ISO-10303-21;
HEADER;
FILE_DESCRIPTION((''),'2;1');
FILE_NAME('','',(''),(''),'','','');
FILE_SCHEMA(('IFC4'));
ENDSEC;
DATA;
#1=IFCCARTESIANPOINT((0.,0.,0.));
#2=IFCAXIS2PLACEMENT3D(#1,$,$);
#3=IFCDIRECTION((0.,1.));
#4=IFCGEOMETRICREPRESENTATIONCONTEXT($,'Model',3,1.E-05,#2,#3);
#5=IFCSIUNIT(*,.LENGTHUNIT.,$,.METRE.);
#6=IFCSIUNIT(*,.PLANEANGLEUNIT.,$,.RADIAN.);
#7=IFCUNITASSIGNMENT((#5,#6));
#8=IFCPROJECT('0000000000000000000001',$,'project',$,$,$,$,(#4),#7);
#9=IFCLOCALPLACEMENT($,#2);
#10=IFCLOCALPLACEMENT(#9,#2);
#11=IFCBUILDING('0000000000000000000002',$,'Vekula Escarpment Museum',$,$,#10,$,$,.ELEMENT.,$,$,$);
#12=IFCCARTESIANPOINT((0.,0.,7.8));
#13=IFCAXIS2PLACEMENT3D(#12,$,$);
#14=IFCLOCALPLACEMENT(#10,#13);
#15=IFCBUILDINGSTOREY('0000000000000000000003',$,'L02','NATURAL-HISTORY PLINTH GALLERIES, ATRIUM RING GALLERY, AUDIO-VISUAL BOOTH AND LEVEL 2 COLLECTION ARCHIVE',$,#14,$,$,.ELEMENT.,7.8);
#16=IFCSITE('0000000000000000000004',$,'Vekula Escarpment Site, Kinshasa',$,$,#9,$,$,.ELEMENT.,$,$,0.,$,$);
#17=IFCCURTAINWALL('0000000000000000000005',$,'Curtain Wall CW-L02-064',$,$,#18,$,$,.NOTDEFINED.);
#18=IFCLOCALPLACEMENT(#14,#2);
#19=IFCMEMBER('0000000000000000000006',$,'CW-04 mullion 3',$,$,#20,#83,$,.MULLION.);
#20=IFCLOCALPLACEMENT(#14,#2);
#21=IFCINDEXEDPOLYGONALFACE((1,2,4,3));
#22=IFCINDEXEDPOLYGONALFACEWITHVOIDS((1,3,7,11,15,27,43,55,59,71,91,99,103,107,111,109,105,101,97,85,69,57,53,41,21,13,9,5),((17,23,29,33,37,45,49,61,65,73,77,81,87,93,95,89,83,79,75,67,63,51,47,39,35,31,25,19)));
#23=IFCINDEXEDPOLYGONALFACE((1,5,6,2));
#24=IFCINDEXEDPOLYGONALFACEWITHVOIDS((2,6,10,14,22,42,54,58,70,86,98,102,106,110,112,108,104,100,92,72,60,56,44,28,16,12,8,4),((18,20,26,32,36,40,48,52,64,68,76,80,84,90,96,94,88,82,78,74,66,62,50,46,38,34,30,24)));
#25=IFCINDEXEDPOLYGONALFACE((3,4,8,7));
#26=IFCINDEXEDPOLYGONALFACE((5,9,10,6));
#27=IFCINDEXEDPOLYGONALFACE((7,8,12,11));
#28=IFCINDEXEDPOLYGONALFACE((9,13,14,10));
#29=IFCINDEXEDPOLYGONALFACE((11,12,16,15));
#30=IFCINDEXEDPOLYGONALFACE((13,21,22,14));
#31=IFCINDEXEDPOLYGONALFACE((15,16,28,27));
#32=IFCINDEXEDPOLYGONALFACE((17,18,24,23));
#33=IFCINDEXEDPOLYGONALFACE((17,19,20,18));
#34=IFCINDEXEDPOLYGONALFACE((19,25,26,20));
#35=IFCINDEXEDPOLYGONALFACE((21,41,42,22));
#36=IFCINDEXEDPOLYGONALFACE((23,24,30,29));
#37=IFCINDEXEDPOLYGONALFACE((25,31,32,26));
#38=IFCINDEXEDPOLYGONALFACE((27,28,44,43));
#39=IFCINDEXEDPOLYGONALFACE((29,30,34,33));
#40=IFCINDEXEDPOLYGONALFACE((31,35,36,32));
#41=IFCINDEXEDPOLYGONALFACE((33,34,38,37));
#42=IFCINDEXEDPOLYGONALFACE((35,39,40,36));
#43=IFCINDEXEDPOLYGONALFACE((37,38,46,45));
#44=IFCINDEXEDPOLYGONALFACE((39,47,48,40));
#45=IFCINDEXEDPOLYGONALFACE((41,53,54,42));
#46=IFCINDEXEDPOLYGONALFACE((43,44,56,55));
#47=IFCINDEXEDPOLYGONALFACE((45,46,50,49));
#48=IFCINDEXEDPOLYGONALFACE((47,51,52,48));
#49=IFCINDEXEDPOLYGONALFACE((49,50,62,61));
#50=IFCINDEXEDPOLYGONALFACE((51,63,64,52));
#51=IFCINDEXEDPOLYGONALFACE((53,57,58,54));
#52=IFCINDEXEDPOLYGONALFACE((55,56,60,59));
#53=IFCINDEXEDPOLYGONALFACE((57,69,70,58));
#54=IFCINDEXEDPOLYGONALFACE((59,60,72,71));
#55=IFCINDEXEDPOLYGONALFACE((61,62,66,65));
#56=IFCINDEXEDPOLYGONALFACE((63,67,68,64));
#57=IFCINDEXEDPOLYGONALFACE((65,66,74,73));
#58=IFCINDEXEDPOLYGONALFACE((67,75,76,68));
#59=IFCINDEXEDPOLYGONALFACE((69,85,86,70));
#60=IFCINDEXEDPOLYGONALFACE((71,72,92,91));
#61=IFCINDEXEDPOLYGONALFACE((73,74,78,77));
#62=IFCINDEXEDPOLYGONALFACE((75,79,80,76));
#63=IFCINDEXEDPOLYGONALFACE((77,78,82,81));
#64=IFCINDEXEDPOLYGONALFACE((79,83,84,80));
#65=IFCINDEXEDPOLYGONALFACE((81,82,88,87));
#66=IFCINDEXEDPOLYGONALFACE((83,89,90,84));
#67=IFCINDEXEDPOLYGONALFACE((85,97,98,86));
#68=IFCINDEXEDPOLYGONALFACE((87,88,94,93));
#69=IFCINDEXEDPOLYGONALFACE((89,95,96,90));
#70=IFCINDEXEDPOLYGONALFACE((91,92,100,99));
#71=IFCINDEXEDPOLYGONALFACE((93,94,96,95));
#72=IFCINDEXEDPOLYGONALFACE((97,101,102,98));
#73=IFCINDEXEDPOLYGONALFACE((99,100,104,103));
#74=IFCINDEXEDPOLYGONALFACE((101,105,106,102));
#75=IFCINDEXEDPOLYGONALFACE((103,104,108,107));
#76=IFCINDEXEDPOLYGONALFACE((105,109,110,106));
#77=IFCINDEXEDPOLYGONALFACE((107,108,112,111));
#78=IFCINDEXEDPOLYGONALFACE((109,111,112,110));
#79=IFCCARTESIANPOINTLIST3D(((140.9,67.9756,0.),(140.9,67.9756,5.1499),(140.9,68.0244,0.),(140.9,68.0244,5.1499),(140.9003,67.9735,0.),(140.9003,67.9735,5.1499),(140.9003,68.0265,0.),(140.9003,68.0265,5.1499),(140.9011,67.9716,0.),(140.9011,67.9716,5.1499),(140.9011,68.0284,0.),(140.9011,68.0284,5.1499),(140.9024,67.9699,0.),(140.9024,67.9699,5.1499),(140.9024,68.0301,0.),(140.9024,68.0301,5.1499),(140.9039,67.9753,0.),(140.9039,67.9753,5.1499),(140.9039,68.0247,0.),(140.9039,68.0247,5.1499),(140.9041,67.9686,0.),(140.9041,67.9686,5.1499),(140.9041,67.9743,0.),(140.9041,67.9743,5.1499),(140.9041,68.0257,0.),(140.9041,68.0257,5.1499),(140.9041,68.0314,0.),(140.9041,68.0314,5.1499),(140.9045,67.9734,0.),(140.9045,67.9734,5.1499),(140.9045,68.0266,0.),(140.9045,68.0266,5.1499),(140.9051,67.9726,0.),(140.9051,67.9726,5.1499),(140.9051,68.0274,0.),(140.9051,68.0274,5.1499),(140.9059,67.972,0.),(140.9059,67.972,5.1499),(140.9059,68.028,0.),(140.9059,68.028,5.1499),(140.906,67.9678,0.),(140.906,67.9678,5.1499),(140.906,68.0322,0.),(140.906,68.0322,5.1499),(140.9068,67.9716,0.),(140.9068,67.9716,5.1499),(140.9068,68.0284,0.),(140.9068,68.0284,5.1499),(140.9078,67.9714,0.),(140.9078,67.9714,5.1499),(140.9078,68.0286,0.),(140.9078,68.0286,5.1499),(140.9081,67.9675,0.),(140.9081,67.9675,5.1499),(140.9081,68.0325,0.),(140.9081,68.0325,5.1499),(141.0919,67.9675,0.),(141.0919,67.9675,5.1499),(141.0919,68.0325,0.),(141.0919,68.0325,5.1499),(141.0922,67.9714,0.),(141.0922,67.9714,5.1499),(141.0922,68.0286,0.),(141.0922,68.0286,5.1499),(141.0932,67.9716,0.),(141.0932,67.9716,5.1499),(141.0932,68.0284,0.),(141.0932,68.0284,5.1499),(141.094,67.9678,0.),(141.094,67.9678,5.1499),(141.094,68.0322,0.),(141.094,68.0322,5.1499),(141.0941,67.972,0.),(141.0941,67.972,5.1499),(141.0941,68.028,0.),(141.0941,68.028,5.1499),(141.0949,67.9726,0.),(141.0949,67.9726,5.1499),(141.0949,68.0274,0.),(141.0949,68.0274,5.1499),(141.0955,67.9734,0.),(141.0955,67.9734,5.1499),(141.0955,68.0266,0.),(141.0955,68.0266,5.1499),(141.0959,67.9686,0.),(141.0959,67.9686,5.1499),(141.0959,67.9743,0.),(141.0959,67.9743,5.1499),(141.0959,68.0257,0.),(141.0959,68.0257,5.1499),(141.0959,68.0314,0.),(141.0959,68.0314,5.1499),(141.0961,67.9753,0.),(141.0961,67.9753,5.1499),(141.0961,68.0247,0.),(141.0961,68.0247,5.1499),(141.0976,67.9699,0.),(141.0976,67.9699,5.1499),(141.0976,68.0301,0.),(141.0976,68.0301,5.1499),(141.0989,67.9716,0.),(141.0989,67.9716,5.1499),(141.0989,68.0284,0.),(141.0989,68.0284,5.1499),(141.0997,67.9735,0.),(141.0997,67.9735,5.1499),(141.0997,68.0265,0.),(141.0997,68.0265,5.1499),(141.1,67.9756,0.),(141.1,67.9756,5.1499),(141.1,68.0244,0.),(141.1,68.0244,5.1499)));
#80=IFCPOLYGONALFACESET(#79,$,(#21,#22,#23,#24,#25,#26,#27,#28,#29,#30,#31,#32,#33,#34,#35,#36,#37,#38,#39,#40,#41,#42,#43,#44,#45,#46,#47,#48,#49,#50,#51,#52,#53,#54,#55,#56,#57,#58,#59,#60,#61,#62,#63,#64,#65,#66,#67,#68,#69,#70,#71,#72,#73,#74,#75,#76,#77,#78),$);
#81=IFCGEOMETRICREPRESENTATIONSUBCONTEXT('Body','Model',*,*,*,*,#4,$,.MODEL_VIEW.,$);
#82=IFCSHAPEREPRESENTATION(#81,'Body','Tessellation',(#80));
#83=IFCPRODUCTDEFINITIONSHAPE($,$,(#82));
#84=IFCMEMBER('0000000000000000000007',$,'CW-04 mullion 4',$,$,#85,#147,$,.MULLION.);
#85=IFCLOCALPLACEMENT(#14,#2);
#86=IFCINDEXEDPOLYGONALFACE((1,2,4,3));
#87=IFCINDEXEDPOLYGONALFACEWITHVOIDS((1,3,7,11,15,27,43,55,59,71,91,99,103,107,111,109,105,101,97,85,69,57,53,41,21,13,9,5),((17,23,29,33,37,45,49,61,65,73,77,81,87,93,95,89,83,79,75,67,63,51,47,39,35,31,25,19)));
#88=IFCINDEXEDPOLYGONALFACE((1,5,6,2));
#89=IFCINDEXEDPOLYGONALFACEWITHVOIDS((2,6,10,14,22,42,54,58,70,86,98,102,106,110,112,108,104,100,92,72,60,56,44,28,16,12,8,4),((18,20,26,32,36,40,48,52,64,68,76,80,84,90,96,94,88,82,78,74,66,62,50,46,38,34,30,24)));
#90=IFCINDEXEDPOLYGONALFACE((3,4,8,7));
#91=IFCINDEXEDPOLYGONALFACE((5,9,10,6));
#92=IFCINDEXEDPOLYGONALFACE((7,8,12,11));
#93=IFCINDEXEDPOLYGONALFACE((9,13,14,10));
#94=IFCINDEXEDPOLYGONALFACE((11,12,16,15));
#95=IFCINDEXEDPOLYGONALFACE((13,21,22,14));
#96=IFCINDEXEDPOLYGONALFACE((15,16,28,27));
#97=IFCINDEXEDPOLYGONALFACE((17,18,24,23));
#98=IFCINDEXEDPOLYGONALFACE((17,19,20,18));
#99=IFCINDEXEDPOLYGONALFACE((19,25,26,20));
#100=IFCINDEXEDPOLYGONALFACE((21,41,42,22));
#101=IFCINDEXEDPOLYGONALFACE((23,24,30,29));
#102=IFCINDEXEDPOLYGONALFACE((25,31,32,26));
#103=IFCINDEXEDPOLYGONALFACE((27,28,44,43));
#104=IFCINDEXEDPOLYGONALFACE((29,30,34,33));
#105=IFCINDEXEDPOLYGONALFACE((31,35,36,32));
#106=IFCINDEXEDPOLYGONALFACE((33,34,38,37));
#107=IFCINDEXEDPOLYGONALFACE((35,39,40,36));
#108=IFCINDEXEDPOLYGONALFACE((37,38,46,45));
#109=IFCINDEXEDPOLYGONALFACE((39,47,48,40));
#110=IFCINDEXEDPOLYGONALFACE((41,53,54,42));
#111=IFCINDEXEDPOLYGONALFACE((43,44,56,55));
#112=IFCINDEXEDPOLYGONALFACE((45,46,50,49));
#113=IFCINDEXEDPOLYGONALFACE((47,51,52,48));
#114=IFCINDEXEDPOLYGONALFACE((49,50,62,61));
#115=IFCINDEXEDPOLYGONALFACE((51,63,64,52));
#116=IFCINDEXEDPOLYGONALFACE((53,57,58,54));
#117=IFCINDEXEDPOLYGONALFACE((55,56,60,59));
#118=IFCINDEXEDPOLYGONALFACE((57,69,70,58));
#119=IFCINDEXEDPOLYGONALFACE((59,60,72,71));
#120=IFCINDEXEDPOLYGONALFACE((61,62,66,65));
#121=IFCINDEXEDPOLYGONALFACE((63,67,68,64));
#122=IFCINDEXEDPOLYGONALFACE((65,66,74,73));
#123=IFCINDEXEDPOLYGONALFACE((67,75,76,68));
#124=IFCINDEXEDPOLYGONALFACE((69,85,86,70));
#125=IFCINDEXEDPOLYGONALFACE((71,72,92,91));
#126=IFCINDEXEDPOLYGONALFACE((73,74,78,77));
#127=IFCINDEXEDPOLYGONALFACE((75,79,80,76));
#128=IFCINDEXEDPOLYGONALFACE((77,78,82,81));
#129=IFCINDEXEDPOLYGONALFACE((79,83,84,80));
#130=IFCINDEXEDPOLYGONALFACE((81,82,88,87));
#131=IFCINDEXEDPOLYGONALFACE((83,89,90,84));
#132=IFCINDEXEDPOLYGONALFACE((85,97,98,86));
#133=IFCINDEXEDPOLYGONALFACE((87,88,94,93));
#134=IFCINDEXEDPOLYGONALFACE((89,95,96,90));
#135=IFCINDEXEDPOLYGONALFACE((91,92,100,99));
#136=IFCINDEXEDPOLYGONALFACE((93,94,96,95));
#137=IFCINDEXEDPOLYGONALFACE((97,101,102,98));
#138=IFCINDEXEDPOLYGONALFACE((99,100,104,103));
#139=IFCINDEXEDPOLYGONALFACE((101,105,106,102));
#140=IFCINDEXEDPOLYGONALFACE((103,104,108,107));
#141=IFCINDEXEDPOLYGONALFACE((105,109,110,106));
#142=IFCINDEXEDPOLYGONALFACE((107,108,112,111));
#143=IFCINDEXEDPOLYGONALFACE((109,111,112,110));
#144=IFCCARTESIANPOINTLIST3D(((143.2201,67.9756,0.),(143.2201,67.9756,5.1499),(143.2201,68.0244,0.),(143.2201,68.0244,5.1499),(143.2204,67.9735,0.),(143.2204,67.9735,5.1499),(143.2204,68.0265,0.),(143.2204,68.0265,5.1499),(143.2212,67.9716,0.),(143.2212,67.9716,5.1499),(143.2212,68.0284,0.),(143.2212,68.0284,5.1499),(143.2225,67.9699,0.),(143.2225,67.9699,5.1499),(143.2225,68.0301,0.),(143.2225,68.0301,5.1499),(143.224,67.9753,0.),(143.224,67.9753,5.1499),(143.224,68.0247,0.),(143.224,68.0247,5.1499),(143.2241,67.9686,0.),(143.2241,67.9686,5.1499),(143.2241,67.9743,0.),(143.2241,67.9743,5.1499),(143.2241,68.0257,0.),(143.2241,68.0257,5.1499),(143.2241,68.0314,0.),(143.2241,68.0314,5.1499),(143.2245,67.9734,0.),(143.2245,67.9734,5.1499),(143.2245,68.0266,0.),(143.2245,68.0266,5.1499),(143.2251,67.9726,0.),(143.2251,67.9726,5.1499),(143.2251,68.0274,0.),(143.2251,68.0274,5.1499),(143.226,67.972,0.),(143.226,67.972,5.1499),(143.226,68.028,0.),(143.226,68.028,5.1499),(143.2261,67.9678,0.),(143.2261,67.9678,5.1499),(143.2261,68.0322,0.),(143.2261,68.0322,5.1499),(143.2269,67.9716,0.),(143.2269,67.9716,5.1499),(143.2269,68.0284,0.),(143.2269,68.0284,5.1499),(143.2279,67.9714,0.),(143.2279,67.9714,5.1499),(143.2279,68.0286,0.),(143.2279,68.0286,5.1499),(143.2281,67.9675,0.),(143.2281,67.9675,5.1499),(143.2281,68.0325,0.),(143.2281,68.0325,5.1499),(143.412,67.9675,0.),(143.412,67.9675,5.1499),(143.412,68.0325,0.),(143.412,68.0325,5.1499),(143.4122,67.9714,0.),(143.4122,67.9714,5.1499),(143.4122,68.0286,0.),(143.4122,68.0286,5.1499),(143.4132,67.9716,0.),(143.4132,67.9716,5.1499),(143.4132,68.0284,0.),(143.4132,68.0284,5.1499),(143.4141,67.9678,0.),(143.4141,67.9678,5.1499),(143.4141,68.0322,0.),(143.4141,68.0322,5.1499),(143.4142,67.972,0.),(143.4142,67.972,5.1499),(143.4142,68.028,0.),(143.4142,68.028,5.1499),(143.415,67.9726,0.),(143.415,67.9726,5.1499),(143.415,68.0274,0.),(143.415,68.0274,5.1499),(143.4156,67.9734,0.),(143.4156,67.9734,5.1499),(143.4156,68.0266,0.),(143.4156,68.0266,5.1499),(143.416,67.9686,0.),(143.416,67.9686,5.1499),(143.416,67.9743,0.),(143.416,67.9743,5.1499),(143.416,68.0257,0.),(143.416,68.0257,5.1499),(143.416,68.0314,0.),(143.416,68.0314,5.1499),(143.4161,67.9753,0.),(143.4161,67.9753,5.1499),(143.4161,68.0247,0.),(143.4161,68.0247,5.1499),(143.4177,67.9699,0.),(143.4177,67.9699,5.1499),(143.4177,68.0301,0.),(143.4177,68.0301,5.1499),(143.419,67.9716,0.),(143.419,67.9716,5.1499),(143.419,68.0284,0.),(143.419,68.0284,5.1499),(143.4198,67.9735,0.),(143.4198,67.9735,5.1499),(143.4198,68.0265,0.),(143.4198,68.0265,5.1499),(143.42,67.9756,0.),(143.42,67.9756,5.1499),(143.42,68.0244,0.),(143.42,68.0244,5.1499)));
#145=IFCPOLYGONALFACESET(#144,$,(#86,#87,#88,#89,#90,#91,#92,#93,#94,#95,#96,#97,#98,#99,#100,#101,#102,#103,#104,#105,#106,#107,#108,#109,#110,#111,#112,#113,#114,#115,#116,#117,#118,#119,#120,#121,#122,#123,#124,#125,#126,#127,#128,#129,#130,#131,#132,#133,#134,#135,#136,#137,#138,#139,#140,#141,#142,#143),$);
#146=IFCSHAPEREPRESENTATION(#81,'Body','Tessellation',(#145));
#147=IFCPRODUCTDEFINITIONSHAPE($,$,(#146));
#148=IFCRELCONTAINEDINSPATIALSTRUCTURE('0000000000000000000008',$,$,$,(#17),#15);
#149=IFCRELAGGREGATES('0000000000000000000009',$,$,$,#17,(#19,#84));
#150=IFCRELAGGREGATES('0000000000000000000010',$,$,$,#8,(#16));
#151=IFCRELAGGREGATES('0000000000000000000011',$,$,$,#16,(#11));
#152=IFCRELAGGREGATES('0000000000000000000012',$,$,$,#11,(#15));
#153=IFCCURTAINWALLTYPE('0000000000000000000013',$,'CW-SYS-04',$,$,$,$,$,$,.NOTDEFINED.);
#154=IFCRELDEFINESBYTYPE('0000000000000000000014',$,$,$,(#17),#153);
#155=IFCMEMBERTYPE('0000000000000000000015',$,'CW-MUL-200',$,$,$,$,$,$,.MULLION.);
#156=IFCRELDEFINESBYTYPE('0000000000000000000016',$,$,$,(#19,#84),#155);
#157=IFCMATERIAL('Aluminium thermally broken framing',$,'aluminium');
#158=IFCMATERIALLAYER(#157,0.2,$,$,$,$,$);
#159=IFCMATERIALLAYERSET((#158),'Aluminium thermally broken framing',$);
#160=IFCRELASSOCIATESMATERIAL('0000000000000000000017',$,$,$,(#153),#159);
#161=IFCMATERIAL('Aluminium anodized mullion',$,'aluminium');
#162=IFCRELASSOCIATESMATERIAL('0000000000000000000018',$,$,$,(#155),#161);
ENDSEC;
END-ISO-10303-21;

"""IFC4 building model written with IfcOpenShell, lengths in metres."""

from ifc_helpers import new_model, si_unit, direction, frame, origin, origin_2d, place, context, subcontext, project, spatial, hollow_rectangle, extrude, material, layer, layer_set, material_profile, profile_set, type_object, element, aggregate, save


model = new_model("IFC4")

# Units and contexts
model_context = context("Model", 3, precision=1e-05, world=origin(), true_north=direction((0.0, 1.0)))
body_context = subcontext(model_context, "Body", "Model", "MODEL_VIEW")
ifc_project = project(units=[si_unit("LENGTHUNIT", "METRE"), si_unit("PLANEANGLEUNIT", "RADIAN")], contexts=[model_context])

# Site, building, storey
site_placement = place(None, origin())
site = spatial("IfcSite", under=ifc_project, at=site_placement, Name="Vekula Escarpment Site, Kinshasa", CompositionType="ELEMENT", RefElevation=0.0)
building_placement = place(site_placement, origin())
building = spatial("IfcBuilding", under=site, at=building_placement, Name="Vekula Escarpment Museum", CompositionType="ELEMENT")
storey_placement = place(building_placement, frame((0.0, 0.0, 7.8)))
storey = spatial("IfcBuildingStorey", under=building, at=storey_placement, Name="L02", Description="NATURAL-HISTORY PLINTH GALLERIES, ATRIUM RING GALLERY, AUDIO-VISUAL BOOTH AND LEVEL 2 COLLECTION ARCHIVE", CompositionType="ELEMENT", Elevation=7.8)

# Curtain wall, members
ifc_material_1 = material(Name="Aluminium thermally broken framing", Category="aluminium")
ifc_layer_1 = layer(ifc_material_1, 0.2)
ifc_layer_set_1 = layer_set([ifc_layer_1], Name="Aluminium thermally broken framing")
curtain_wall_type = type_object("IfcCurtainWallType", Name="CW-SYS-04", PredefinedType="NOTDEFINED", material=ifc_layer_set_1)
curtain_wall_placement = place(storey_placement, origin())
curtain_wall = element("IfcCurtainWall", 1, at=curtain_wall_placement, inside=storey, type_object=curtain_wall_type, Name="Curtain Wall CW-L02-064", PredefinedType="NOTDEFINED")
ifc_material_2 = material(Name="Aluminium anodized mullion", Category="aluminium")
ifc_material_profile_1 = material_profile(ifc_material_2, hollow_rectangle(XDim=0.0649, YDim=0.2, WallThickness=0.0039, InnerFilletRadius=0.0039, OuterFilletRadius=0.0081, at=origin_2d()), Name="ALU 200x65x4")
ifc_profile_set_1 = profile_set([ifc_material_profile_1], Name="Aluminium anodized mullion")
member_type_1 = type_object("IfcMemberType", Name="CW-MUL-200", PredefinedType="MULLION", material=ifc_profile_set_1)
member_1_placement = place(storey_placement, frame((141.0, 68.0, 0.0), z_axis=(0.0, 0.0, 1.0), x_axis=(0.0, 1.0, 0.0)))
member_1 = element("IfcMember", 2, at=member_1_placement, type_object=member_type_1, Name="CW-04 mullion 3", PredefinedType="MULLION", context=body_context, shape_type="SweptSolid", body=[
    extrude(hollow_rectangle(XDim=0.0649, YDim=0.2, WallThickness=0.0039, InnerFilletRadius=0.0039, OuterFilletRadius=0.0081, at=origin_2d()), origin(), (0.0, 0.0, 1.0), 5.1499),
])
member_2_placement = place(storey_placement, frame((143.3201, 68.0, 0.0), z_axis=(0.0, 0.0, 1.0), x_axis=(0.0, 1.0, 0.0)))
member_2 = element("IfcMember", 3, at=member_2_placement, type_object=member_type_1, Name="CW-04 mullion 4", PredefinedType="MULLION", context=body_context, shape_type="SweptSolid", body=[
    extrude(hollow_rectangle(XDim=0.0649, YDim=0.2, WallThickness=0.0039, InnerFilletRadius=0.0039, OuterFilletRadius=0.0081, at=origin_2d()), origin(), (0.0, 0.0, 1.0), 5.1499),
])
aggregate(curtain_wall, [member_1, member_2])

save(model, "model.ifc")
